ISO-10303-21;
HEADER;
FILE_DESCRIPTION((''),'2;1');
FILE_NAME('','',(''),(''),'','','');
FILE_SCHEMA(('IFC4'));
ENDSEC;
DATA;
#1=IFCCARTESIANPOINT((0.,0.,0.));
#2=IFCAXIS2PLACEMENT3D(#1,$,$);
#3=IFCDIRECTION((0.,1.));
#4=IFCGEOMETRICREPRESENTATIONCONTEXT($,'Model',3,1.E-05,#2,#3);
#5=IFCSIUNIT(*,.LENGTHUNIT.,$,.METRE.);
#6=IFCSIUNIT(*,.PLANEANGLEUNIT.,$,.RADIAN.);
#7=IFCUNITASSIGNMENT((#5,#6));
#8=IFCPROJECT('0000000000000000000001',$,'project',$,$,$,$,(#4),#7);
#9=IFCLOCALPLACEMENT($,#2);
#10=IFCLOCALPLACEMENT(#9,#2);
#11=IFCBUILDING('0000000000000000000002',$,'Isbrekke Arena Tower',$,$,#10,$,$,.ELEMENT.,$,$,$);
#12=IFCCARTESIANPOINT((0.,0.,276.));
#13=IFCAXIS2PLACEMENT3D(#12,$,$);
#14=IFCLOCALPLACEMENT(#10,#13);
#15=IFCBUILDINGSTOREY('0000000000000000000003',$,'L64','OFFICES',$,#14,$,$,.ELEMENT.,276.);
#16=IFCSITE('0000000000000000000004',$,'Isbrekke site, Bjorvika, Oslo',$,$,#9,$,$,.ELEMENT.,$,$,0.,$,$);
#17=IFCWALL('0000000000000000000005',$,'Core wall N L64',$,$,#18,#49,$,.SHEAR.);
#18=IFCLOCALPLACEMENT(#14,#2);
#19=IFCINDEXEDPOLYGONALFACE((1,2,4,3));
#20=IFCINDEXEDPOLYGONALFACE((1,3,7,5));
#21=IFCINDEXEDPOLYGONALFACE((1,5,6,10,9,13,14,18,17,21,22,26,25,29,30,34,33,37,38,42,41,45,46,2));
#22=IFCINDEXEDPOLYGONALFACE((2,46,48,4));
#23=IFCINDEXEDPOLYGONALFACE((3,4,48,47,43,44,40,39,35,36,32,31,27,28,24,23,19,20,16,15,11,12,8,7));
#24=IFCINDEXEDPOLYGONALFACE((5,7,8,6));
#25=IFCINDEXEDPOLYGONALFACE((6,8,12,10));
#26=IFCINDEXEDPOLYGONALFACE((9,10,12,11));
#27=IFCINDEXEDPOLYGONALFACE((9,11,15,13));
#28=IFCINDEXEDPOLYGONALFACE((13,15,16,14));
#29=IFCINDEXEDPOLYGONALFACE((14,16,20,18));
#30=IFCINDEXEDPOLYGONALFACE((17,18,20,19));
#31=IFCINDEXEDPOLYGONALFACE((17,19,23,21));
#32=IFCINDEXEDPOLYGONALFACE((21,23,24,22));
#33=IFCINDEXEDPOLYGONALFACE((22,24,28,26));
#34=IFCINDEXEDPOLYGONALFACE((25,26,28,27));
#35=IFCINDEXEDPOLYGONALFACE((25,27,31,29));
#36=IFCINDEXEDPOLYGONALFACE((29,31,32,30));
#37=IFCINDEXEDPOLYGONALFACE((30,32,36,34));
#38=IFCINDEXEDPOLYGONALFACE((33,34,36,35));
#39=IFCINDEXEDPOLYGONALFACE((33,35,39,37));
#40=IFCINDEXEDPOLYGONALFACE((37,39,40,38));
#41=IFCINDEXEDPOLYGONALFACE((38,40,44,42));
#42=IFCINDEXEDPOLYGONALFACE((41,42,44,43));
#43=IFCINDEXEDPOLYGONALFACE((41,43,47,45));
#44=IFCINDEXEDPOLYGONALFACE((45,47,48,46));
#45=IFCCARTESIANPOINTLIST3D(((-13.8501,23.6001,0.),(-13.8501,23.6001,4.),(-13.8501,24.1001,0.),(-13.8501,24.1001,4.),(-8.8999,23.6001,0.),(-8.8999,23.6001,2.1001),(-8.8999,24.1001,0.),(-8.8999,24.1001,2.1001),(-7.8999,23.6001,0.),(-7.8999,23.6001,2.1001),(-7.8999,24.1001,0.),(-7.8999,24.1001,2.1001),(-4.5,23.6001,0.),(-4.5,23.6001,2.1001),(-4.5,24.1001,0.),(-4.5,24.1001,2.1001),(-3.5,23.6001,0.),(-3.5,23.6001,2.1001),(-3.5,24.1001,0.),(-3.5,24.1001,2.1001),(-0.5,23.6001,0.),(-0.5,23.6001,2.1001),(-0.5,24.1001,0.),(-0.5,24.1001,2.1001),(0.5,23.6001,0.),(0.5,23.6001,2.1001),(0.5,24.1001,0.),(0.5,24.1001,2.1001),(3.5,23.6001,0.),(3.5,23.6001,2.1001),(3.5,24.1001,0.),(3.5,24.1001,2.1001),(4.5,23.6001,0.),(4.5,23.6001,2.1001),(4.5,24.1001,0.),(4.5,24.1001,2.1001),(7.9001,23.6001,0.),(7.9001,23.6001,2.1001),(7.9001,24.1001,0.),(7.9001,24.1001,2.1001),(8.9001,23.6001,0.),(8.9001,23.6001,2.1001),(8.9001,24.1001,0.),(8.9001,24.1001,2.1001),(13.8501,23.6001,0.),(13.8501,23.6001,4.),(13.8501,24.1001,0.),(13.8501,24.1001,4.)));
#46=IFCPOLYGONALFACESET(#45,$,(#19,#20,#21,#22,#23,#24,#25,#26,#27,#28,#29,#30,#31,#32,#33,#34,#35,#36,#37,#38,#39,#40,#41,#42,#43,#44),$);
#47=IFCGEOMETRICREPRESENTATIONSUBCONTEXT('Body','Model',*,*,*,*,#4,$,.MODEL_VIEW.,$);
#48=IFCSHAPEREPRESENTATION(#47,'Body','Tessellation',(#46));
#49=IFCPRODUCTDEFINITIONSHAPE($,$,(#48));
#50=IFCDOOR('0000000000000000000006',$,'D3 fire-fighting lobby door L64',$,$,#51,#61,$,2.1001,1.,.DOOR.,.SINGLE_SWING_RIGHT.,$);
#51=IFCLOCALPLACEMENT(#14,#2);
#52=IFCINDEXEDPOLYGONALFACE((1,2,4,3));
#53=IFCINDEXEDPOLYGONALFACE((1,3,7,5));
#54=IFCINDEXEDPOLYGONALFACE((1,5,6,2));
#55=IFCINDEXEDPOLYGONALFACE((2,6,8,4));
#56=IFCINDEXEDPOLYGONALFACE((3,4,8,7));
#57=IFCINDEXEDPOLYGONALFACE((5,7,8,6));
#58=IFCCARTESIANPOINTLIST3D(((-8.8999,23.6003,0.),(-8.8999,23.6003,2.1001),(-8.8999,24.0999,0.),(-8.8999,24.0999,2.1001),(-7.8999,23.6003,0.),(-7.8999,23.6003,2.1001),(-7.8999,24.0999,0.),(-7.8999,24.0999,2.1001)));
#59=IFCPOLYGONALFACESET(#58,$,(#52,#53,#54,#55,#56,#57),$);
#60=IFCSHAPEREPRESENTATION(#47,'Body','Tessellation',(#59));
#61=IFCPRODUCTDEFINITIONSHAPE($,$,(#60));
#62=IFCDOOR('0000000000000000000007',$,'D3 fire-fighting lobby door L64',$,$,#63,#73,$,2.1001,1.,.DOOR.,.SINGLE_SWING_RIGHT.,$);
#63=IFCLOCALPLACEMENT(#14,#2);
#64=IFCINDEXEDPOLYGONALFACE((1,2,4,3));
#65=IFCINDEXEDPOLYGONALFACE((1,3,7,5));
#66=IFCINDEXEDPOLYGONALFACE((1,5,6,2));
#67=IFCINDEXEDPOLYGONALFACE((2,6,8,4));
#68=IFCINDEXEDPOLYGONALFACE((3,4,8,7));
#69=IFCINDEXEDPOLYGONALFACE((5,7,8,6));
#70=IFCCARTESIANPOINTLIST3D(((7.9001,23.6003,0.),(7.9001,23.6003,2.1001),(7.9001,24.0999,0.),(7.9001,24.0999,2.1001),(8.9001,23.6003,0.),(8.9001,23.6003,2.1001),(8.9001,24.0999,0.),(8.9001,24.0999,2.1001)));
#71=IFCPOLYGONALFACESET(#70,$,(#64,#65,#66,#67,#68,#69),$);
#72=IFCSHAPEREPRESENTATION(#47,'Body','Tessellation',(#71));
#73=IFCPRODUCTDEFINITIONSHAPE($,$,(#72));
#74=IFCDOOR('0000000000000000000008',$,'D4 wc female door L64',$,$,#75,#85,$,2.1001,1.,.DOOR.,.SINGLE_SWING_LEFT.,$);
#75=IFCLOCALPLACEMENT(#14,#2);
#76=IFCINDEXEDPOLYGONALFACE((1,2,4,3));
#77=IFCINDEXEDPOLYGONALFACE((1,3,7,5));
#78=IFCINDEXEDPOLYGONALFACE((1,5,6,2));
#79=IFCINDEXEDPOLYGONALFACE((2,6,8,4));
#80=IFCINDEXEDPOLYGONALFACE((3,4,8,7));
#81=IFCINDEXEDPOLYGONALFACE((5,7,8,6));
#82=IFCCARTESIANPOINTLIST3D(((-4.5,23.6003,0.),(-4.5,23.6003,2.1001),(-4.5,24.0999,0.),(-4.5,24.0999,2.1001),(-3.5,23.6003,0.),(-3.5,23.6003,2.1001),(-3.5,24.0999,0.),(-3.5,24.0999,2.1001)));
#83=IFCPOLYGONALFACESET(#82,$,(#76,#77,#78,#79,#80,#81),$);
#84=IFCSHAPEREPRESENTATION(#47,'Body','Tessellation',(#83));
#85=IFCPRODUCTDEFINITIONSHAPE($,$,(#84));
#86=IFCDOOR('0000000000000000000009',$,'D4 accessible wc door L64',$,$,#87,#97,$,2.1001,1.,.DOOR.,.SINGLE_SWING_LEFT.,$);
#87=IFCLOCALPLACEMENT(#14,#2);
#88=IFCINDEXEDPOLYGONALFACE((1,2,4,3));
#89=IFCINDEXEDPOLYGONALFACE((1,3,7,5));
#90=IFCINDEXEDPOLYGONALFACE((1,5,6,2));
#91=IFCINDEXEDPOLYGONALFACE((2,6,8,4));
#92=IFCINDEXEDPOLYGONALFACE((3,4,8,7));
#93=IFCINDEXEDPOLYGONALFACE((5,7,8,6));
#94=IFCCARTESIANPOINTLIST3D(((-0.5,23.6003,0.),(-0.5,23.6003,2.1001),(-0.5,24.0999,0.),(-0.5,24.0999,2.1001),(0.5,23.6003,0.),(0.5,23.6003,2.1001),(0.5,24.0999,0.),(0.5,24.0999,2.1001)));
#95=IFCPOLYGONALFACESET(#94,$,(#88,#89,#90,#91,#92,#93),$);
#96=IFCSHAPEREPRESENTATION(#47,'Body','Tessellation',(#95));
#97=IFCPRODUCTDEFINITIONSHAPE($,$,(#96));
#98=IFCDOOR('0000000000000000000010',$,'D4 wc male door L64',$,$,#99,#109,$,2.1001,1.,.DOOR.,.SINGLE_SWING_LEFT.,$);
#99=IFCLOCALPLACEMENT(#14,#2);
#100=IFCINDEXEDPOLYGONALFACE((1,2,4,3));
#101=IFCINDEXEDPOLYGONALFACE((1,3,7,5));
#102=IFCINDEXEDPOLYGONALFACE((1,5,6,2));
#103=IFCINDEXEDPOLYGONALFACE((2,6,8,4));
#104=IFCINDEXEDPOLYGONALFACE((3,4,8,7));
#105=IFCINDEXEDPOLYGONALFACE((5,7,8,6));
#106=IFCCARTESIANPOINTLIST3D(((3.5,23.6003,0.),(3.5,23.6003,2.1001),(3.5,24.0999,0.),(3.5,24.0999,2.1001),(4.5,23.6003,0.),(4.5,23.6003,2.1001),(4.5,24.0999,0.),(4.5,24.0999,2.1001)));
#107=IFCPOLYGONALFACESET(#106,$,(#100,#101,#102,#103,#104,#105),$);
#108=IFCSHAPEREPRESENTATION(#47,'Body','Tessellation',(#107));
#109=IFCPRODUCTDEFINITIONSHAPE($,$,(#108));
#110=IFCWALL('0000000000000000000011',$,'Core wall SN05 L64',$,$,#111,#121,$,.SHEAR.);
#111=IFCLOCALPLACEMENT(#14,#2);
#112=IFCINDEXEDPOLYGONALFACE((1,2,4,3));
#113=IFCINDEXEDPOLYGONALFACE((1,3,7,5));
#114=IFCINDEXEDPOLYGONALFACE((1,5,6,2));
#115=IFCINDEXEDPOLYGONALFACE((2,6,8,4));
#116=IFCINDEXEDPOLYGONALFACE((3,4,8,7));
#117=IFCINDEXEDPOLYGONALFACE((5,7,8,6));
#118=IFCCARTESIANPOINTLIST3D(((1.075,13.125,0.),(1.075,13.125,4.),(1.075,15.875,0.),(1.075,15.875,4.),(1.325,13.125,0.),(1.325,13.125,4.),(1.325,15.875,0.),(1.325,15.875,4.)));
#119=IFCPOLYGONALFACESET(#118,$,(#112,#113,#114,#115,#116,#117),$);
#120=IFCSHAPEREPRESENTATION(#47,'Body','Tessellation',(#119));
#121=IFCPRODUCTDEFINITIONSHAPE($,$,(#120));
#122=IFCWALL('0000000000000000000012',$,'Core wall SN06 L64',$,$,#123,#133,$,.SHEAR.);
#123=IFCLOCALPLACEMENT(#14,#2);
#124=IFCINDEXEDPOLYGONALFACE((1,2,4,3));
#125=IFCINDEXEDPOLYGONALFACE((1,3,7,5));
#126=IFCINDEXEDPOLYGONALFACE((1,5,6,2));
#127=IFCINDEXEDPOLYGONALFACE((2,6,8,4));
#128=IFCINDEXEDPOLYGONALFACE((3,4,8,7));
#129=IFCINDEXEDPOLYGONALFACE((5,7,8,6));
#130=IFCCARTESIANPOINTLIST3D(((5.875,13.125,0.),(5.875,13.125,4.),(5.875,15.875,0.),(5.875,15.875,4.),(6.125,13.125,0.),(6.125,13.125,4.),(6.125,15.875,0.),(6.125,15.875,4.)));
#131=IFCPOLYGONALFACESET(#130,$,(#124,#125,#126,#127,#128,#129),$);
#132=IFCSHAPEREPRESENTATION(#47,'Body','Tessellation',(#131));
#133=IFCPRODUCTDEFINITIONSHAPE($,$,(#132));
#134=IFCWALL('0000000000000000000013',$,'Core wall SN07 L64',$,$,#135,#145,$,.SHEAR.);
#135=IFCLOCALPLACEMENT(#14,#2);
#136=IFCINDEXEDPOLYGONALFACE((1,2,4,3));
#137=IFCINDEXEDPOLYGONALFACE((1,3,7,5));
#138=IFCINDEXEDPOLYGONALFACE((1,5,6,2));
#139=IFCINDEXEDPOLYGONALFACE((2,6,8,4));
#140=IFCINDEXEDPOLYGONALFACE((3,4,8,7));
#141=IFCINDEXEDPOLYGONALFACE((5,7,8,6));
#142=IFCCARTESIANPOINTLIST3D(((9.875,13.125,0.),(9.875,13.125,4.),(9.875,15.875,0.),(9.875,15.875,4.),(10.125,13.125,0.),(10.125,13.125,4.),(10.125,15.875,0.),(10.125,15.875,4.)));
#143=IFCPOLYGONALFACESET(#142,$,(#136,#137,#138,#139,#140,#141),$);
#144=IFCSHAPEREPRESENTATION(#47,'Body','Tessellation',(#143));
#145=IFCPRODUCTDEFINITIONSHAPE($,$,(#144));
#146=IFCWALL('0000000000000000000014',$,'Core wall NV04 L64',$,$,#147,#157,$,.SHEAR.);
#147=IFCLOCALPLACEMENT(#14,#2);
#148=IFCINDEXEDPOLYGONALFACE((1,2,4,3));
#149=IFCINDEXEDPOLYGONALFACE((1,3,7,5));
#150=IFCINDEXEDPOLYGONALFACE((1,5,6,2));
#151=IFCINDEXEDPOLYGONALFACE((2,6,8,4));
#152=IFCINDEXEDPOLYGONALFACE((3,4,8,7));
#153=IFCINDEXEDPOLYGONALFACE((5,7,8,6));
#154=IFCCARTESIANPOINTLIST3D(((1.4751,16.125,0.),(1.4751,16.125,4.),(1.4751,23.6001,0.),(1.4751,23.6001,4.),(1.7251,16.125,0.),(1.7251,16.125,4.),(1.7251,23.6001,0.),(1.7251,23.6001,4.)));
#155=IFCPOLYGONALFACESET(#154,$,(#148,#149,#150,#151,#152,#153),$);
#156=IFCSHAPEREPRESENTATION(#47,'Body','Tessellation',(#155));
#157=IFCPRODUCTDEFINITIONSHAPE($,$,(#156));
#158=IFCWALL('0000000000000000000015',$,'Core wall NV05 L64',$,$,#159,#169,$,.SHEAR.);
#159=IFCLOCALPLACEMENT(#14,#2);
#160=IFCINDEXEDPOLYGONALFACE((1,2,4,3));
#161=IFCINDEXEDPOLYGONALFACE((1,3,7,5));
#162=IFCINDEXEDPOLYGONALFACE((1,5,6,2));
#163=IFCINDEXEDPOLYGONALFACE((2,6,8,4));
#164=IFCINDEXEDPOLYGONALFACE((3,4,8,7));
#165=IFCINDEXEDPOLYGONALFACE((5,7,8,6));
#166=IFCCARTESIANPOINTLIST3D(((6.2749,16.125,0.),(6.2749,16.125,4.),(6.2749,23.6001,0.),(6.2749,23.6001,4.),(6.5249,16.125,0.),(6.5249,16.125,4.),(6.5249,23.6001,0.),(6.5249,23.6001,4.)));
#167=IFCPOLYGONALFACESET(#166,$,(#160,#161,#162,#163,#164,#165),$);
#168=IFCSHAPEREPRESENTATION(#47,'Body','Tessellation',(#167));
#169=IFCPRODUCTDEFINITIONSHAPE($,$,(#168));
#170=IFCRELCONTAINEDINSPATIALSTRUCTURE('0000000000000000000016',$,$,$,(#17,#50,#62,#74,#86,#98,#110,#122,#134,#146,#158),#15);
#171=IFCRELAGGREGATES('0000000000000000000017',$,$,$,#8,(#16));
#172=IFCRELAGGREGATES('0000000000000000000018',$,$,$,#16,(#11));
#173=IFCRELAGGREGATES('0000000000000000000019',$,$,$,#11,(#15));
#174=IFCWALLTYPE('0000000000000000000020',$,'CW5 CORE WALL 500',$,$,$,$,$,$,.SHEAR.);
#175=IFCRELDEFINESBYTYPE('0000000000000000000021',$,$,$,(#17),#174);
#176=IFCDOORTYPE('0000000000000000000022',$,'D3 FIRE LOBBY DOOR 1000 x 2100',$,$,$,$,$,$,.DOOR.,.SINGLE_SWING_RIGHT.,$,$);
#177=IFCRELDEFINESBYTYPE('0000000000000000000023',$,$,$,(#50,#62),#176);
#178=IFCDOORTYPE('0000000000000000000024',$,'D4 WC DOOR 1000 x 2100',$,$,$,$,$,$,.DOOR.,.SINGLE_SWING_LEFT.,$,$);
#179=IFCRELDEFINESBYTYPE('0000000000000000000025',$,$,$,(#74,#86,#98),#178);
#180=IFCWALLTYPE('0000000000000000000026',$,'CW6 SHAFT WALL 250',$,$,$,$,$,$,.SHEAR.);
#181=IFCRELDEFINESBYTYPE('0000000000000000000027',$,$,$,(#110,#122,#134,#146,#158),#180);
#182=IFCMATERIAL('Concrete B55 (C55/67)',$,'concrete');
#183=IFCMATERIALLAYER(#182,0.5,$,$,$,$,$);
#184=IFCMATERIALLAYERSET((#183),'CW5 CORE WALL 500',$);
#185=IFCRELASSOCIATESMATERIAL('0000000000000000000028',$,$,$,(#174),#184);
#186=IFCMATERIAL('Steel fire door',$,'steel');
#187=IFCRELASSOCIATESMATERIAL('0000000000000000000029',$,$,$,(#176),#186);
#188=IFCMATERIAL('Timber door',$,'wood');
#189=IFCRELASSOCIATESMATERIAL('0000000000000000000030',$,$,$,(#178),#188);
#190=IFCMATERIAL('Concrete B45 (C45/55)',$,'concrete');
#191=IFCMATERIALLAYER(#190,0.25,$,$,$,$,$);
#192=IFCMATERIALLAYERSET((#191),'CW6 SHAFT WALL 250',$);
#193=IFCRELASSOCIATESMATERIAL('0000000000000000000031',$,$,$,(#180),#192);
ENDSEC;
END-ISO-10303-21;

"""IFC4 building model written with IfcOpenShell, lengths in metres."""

from ifc_helpers import new_model, si_unit, direction, frame, frame_2d, origin, place, context, subcontext, project, spatial, rectangle, extrude, material, layer, layer_set, type_object, element, fill, save


model = new_model("IFC4")

# Units and contexts
model_context = context("Model", 3, precision=1e-05, world=origin(), true_north=direction((0.0, 1.0)))
body_context = subcontext(model_context, "Body", "Model", "MODEL_VIEW")
ifc_project = project(units=[si_unit("LENGTHUNIT", "METRE"), si_unit("PLANEANGLEUNIT", "RADIAN")], contexts=[model_context])

# Site, building, storey
site_placement = place(None, origin())
site = spatial("IfcSite", under=ifc_project, at=site_placement, Name="Isbrekke site, Bjorvika, Oslo", CompositionType="ELEMENT", RefElevation=0.0)
building_placement = place(site_placement, origin())
building = spatial("IfcBuilding", under=site, at=building_placement, Name="Isbrekke Arena Tower", CompositionType="ELEMENT")
storey_placement = place(building_placement, frame((0.0, 0.0, 276.0)))
storey = spatial("IfcBuildingStorey", under=building, at=storey_placement, Name="L64", Description="OFFICES", CompositionType="ELEMENT", Elevation=276.0)

# Wall, openings, doors
ifc_material_1 = material(Name="Concrete B55 (C55/67)", Category="concrete")
ifc_layer_1 = layer(ifc_material_1, 0.5)
ifc_layer_set_1 = layer_set([ifc_layer_1], Name="CW5 CORE WALL 500")
wall_type_1 = type_object("IfcWallType", Name="CW5 CORE WALL 500", PredefinedType="SHEAR", material=ifc_layer_set_1)
wall_1_placement = place(storey_placement, frame((13.8501, 23.8501, 0.0), z_axis=(0.0, 0.0, 1.0), x_axis=(-1.0, 0.0, 0.0)))
wall_1 = element("IfcWall", 1, at=wall_1_placement, inside=storey, type_object=wall_type_1, Name="Core wall N L64", PredefinedType="SHEAR", context=body_context, shape_type="SweptSolid", body=[
    extrude(rectangle(XDim=27.7002, YDim=0.5, at=frame_2d((13.8501, 0.0))), origin(), (0.0, 0.0, 1.0), 4.0),
])
opening_1_placement = place(wall_1_placement, frame((21.75, 0.0, 0.0)))
opening_1 = element("IfcOpeningElement", 2, at=opening_1_placement, cuts=wall_1, PredefinedType="OPENING", context=body_context, shape_type="SweptSolid", body=[
    extrude(rectangle(XDim=1.0, YDim=2.1001, at=frame_2d((0.5, 1.05))), frame((0.0, 0.2649, 0.0), z_axis=(0.0, -1.0, 0.0), x_axis=(1.0, 0.0, 0.0)), (0.0, 0.0, 1.0), 0.5298),
])
opening_2_placement = place(wall_1_placement, frame((4.95, 0.0, 0.0)))
opening_2 = element("IfcOpeningElement", 3, at=opening_2_placement, cuts=wall_1, PredefinedType="OPENING", context=body_context, shape_type="SweptSolid", body=[
    extrude(rectangle(XDim=1.0, YDim=2.1001, at=frame_2d((0.5, 1.05))), frame((0.0, 0.2649, 0.0), z_axis=(0.0, -1.0, 0.0), x_axis=(1.0, 0.0, 0.0)), (0.0, 0.0, 1.0), 0.5298),
])
opening_3_placement = place(wall_1_placement, frame((17.3501, 0.0, 0.0)))
opening_3 = element("IfcOpeningElement", 4, at=opening_3_placement, cuts=wall_1, PredefinedType="OPENING", context=body_context, shape_type="SweptSolid", body=[
    extrude(rectangle(XDim=1.0, YDim=2.1001, at=frame_2d((0.5, 1.05))), frame((0.0, 0.2649, 0.0), z_axis=(0.0, -1.0, 0.0), x_axis=(1.0, 0.0, 0.0)), (0.0, 0.0, 1.0), 0.5298),
])
opening_4_placement = place(wall_1_placement, frame((13.3501, 0.0, 0.0)))
opening_4 = element("IfcOpeningElement", 5, at=opening_4_placement, cuts=wall_1, PredefinedType="OPENING", context=body_context, shape_type="SweptSolid", body=[
    extrude(rectangle(XDim=1.0, YDim=2.1001, at=frame_2d((0.5, 1.05))), frame((0.0, 0.2649, 0.0), z_axis=(0.0, -1.0, 0.0), x_axis=(1.0, 0.0, 0.0)), (0.0, 0.0, 1.0), 0.5298),
])
opening_5_placement = place(wall_1_placement, frame((9.3501, 0.0, 0.0)))
opening_5 = element("IfcOpeningElement", 6, at=opening_5_placement, cuts=wall_1, PredefinedType="OPENING", context=body_context, shape_type="SweptSolid", body=[
    extrude(rectangle(XDim=1.0, YDim=2.1001, at=frame_2d((0.5, 1.05))), frame((0.0, 0.2649, 0.0), z_axis=(0.0, -1.0, 0.0), x_axis=(1.0, 0.0, 0.0)), (0.0, 0.0, 1.0), 0.5298),
])
ifc_material_2 = material(Name="Steel fire door", Category="steel")
door_type_1 = type_object("IfcDoorType", Name="D3 FIRE LOBBY DOOR 1000 x 2100", OperationType="SINGLE_SWING_RIGHT", PredefinedType="DOOR", material=ifc_material_2)
door_1_placement = place(opening_1_placement, origin())
door_1 = element("IfcDoor", 7, at=door_1_placement, inside=storey, type_object=door_type_1, Name="D3 fire-fighting lobby door L64", OperationType="SINGLE_SWING_RIGHT", OverallHeight=2.1001, OverallWidth=1.0, PredefinedType="DOOR", context=body_context, shape_type="SweptSolid", body=[
    extrude(rectangle(XDim=1.0, YDim=2.1001, at=frame_2d((0.5, 1.05))), frame((0.0, 0.2498, 0.0), z_axis=(0.0, -1.0, 0.0), x_axis=(1.0, 0.0, 0.0)), (0.0, 0.0, 1.0), 0.4995),
])
fill(opening_1, door_1)
door_2_placement = place(opening_2_placement, origin())
door_2 = element("IfcDoor", 8, at=door_2_placement, inside=storey, type_object=door_type_1, Name="D3 fire-fighting lobby door L64", OperationType="SINGLE_SWING_RIGHT", OverallHeight=2.1001, OverallWidth=1.0, PredefinedType="DOOR", context=body_context, shape_type="SweptSolid", body=[
    extrude(rectangle(XDim=1.0, YDim=2.1001, at=frame_2d((0.5, 1.05))), frame((0.0, 0.2498, 0.0), z_axis=(0.0, -1.0, 0.0), x_axis=(1.0, 0.0, 0.0)), (0.0, 0.0, 1.0), 0.4995),
])
fill(opening_2, door_2)
ifc_material_3 = material(Name="Timber door", Category="wood")
door_type_2 = type_object("IfcDoorType", Name="D4 WC DOOR 1000 x 2100", OperationType="SINGLE_SWING_LEFT", PredefinedType="DOOR", material=ifc_material_3)
door_3_placement = place(opening_3_placement, origin())
door_3 = element("IfcDoor", 9, at=door_3_placement, inside=storey, type_object=door_type_2, Name="D4 wc female door L64", OperationType="SINGLE_SWING_LEFT", OverallHeight=2.1001, OverallWidth=1.0, PredefinedType="DOOR", context=body_context, shape_type="SweptSolid", body=[
    extrude(rectangle(XDim=1.0, YDim=2.1001, at=frame_2d((0.5, 1.05))), frame((0.0, 0.2498, 0.0), z_axis=(0.0, -1.0, 0.0), x_axis=(1.0, 0.0, 0.0)), (0.0, 0.0, 1.0), 0.4995),
])
fill(opening_3, door_3)
door_4_placement = place(opening_4_placement, origin())
door_4 = element("IfcDoor", 10, at=door_4_placement, inside=storey, type_object=door_type_2, Name="D4 accessible wc door L64", OperationType="SINGLE_SWING_LEFT", OverallHeight=2.1001, OverallWidth=1.0, PredefinedType="DOOR", context=body_context, shape_type="SweptSolid", body=[
    extrude(rectangle(XDim=1.0, YDim=2.1001, at=frame_2d((0.5, 1.05))), frame((0.0, 0.2498, 0.0), z_axis=(0.0, -1.0, 0.0), x_axis=(1.0, 0.0, 0.0)), (0.0, 0.0, 1.0), 0.4995),
])
fill(opening_4, door_4)
door_5_placement = place(opening_5_placement, origin())
door_5 = element("IfcDoor", 11, at=door_5_placement, inside=storey, type_object=door_type_2, Name="D4 wc male door L64", OperationType="SINGLE_SWING_LEFT", OverallHeight=2.1001, OverallWidth=1.0, PredefinedType="DOOR", context=body_context, shape_type="SweptSolid", body=[
    extrude(rectangle(XDim=1.0, YDim=2.1001, at=frame_2d((0.5, 1.05))), frame((0.0, 0.2498, 0.0), z_axis=(0.0, -1.0, 0.0), x_axis=(1.0, 0.0, 0.0)), (0.0, 0.0, 1.0), 0.4995),
])
fill(opening_5, door_5)

# Walls
ifc_material_4 = material(Name="Concrete B45 (C45/55)", Category="concrete")
ifc_layer_2 = layer(ifc_material_4, 0.25)
ifc_layer_set_2 = layer_set([ifc_layer_2], Name="CW6 SHAFT WALL 250")
wall_type_2 = type_object("IfcWallType", Name="CW6 SHAFT WALL 250", PredefinedType="SHEAR", material=ifc_layer_set_2)
for number, where, z_axis, x_axis, name in (
    (12, (1.2, 13.125, 0.0), (0.0, 0.0, 1.0), (0.0, 1.0, 0.0), "Core wall SN05 L64"),
    (13, (6.0, 13.125, 0.0), (0.0, 0.0, 1.0), (0.0, 1.0, 0.0), "Core wall SN06 L64"),
    (14, (10.0, 13.125, 0.0), (0.0, 0.0, 1.0), (0.0, 1.0, 0.0), "Core wall SN07 L64"),
):
    element("IfcWall", number, at=place(storey_placement, frame(where, z_axis=z_axis, x_axis=x_axis)), inside=storey, type_object=wall_type_2, Name=name, PredefinedType="SHEAR", context=body_context, shape_type="SweptSolid", body=[
        extrude(rectangle(XDim=2.75, YDim=0.25, at=frame_2d((1.375, 0.0))), origin(), (0.0, 0.0, 1.0), 4.0),
    ])
for number, where, z_axis, x_axis, name in (
    (15, (1.6001, 16.125, 0.0), (0.0, 0.0, 1.0), (0.0, 1.0, 0.0), "Core wall NV04 L64"),
    (16, (6.3999, 16.125, 0.0), (0.0, 0.0, 1.0), (0.0, 1.0, 0.0), "Core wall NV05 L64"),
):
    element("IfcWall", number, at=place(storey_placement, frame(where, z_axis=z_axis, x_axis=x_axis)), inside=storey, type_object=wall_type_2, Name=name, PredefinedType="SHEAR", context=body_context, shape_type="SweptSolid", body=[
        extrude(rectangle(XDim=7.4751, YDim=0.25, at=frame_2d((3.7375, 0.0))), origin(), (0.0, 0.0, 1.0), 4.0),
    ])

save(model, "model.ifc")
